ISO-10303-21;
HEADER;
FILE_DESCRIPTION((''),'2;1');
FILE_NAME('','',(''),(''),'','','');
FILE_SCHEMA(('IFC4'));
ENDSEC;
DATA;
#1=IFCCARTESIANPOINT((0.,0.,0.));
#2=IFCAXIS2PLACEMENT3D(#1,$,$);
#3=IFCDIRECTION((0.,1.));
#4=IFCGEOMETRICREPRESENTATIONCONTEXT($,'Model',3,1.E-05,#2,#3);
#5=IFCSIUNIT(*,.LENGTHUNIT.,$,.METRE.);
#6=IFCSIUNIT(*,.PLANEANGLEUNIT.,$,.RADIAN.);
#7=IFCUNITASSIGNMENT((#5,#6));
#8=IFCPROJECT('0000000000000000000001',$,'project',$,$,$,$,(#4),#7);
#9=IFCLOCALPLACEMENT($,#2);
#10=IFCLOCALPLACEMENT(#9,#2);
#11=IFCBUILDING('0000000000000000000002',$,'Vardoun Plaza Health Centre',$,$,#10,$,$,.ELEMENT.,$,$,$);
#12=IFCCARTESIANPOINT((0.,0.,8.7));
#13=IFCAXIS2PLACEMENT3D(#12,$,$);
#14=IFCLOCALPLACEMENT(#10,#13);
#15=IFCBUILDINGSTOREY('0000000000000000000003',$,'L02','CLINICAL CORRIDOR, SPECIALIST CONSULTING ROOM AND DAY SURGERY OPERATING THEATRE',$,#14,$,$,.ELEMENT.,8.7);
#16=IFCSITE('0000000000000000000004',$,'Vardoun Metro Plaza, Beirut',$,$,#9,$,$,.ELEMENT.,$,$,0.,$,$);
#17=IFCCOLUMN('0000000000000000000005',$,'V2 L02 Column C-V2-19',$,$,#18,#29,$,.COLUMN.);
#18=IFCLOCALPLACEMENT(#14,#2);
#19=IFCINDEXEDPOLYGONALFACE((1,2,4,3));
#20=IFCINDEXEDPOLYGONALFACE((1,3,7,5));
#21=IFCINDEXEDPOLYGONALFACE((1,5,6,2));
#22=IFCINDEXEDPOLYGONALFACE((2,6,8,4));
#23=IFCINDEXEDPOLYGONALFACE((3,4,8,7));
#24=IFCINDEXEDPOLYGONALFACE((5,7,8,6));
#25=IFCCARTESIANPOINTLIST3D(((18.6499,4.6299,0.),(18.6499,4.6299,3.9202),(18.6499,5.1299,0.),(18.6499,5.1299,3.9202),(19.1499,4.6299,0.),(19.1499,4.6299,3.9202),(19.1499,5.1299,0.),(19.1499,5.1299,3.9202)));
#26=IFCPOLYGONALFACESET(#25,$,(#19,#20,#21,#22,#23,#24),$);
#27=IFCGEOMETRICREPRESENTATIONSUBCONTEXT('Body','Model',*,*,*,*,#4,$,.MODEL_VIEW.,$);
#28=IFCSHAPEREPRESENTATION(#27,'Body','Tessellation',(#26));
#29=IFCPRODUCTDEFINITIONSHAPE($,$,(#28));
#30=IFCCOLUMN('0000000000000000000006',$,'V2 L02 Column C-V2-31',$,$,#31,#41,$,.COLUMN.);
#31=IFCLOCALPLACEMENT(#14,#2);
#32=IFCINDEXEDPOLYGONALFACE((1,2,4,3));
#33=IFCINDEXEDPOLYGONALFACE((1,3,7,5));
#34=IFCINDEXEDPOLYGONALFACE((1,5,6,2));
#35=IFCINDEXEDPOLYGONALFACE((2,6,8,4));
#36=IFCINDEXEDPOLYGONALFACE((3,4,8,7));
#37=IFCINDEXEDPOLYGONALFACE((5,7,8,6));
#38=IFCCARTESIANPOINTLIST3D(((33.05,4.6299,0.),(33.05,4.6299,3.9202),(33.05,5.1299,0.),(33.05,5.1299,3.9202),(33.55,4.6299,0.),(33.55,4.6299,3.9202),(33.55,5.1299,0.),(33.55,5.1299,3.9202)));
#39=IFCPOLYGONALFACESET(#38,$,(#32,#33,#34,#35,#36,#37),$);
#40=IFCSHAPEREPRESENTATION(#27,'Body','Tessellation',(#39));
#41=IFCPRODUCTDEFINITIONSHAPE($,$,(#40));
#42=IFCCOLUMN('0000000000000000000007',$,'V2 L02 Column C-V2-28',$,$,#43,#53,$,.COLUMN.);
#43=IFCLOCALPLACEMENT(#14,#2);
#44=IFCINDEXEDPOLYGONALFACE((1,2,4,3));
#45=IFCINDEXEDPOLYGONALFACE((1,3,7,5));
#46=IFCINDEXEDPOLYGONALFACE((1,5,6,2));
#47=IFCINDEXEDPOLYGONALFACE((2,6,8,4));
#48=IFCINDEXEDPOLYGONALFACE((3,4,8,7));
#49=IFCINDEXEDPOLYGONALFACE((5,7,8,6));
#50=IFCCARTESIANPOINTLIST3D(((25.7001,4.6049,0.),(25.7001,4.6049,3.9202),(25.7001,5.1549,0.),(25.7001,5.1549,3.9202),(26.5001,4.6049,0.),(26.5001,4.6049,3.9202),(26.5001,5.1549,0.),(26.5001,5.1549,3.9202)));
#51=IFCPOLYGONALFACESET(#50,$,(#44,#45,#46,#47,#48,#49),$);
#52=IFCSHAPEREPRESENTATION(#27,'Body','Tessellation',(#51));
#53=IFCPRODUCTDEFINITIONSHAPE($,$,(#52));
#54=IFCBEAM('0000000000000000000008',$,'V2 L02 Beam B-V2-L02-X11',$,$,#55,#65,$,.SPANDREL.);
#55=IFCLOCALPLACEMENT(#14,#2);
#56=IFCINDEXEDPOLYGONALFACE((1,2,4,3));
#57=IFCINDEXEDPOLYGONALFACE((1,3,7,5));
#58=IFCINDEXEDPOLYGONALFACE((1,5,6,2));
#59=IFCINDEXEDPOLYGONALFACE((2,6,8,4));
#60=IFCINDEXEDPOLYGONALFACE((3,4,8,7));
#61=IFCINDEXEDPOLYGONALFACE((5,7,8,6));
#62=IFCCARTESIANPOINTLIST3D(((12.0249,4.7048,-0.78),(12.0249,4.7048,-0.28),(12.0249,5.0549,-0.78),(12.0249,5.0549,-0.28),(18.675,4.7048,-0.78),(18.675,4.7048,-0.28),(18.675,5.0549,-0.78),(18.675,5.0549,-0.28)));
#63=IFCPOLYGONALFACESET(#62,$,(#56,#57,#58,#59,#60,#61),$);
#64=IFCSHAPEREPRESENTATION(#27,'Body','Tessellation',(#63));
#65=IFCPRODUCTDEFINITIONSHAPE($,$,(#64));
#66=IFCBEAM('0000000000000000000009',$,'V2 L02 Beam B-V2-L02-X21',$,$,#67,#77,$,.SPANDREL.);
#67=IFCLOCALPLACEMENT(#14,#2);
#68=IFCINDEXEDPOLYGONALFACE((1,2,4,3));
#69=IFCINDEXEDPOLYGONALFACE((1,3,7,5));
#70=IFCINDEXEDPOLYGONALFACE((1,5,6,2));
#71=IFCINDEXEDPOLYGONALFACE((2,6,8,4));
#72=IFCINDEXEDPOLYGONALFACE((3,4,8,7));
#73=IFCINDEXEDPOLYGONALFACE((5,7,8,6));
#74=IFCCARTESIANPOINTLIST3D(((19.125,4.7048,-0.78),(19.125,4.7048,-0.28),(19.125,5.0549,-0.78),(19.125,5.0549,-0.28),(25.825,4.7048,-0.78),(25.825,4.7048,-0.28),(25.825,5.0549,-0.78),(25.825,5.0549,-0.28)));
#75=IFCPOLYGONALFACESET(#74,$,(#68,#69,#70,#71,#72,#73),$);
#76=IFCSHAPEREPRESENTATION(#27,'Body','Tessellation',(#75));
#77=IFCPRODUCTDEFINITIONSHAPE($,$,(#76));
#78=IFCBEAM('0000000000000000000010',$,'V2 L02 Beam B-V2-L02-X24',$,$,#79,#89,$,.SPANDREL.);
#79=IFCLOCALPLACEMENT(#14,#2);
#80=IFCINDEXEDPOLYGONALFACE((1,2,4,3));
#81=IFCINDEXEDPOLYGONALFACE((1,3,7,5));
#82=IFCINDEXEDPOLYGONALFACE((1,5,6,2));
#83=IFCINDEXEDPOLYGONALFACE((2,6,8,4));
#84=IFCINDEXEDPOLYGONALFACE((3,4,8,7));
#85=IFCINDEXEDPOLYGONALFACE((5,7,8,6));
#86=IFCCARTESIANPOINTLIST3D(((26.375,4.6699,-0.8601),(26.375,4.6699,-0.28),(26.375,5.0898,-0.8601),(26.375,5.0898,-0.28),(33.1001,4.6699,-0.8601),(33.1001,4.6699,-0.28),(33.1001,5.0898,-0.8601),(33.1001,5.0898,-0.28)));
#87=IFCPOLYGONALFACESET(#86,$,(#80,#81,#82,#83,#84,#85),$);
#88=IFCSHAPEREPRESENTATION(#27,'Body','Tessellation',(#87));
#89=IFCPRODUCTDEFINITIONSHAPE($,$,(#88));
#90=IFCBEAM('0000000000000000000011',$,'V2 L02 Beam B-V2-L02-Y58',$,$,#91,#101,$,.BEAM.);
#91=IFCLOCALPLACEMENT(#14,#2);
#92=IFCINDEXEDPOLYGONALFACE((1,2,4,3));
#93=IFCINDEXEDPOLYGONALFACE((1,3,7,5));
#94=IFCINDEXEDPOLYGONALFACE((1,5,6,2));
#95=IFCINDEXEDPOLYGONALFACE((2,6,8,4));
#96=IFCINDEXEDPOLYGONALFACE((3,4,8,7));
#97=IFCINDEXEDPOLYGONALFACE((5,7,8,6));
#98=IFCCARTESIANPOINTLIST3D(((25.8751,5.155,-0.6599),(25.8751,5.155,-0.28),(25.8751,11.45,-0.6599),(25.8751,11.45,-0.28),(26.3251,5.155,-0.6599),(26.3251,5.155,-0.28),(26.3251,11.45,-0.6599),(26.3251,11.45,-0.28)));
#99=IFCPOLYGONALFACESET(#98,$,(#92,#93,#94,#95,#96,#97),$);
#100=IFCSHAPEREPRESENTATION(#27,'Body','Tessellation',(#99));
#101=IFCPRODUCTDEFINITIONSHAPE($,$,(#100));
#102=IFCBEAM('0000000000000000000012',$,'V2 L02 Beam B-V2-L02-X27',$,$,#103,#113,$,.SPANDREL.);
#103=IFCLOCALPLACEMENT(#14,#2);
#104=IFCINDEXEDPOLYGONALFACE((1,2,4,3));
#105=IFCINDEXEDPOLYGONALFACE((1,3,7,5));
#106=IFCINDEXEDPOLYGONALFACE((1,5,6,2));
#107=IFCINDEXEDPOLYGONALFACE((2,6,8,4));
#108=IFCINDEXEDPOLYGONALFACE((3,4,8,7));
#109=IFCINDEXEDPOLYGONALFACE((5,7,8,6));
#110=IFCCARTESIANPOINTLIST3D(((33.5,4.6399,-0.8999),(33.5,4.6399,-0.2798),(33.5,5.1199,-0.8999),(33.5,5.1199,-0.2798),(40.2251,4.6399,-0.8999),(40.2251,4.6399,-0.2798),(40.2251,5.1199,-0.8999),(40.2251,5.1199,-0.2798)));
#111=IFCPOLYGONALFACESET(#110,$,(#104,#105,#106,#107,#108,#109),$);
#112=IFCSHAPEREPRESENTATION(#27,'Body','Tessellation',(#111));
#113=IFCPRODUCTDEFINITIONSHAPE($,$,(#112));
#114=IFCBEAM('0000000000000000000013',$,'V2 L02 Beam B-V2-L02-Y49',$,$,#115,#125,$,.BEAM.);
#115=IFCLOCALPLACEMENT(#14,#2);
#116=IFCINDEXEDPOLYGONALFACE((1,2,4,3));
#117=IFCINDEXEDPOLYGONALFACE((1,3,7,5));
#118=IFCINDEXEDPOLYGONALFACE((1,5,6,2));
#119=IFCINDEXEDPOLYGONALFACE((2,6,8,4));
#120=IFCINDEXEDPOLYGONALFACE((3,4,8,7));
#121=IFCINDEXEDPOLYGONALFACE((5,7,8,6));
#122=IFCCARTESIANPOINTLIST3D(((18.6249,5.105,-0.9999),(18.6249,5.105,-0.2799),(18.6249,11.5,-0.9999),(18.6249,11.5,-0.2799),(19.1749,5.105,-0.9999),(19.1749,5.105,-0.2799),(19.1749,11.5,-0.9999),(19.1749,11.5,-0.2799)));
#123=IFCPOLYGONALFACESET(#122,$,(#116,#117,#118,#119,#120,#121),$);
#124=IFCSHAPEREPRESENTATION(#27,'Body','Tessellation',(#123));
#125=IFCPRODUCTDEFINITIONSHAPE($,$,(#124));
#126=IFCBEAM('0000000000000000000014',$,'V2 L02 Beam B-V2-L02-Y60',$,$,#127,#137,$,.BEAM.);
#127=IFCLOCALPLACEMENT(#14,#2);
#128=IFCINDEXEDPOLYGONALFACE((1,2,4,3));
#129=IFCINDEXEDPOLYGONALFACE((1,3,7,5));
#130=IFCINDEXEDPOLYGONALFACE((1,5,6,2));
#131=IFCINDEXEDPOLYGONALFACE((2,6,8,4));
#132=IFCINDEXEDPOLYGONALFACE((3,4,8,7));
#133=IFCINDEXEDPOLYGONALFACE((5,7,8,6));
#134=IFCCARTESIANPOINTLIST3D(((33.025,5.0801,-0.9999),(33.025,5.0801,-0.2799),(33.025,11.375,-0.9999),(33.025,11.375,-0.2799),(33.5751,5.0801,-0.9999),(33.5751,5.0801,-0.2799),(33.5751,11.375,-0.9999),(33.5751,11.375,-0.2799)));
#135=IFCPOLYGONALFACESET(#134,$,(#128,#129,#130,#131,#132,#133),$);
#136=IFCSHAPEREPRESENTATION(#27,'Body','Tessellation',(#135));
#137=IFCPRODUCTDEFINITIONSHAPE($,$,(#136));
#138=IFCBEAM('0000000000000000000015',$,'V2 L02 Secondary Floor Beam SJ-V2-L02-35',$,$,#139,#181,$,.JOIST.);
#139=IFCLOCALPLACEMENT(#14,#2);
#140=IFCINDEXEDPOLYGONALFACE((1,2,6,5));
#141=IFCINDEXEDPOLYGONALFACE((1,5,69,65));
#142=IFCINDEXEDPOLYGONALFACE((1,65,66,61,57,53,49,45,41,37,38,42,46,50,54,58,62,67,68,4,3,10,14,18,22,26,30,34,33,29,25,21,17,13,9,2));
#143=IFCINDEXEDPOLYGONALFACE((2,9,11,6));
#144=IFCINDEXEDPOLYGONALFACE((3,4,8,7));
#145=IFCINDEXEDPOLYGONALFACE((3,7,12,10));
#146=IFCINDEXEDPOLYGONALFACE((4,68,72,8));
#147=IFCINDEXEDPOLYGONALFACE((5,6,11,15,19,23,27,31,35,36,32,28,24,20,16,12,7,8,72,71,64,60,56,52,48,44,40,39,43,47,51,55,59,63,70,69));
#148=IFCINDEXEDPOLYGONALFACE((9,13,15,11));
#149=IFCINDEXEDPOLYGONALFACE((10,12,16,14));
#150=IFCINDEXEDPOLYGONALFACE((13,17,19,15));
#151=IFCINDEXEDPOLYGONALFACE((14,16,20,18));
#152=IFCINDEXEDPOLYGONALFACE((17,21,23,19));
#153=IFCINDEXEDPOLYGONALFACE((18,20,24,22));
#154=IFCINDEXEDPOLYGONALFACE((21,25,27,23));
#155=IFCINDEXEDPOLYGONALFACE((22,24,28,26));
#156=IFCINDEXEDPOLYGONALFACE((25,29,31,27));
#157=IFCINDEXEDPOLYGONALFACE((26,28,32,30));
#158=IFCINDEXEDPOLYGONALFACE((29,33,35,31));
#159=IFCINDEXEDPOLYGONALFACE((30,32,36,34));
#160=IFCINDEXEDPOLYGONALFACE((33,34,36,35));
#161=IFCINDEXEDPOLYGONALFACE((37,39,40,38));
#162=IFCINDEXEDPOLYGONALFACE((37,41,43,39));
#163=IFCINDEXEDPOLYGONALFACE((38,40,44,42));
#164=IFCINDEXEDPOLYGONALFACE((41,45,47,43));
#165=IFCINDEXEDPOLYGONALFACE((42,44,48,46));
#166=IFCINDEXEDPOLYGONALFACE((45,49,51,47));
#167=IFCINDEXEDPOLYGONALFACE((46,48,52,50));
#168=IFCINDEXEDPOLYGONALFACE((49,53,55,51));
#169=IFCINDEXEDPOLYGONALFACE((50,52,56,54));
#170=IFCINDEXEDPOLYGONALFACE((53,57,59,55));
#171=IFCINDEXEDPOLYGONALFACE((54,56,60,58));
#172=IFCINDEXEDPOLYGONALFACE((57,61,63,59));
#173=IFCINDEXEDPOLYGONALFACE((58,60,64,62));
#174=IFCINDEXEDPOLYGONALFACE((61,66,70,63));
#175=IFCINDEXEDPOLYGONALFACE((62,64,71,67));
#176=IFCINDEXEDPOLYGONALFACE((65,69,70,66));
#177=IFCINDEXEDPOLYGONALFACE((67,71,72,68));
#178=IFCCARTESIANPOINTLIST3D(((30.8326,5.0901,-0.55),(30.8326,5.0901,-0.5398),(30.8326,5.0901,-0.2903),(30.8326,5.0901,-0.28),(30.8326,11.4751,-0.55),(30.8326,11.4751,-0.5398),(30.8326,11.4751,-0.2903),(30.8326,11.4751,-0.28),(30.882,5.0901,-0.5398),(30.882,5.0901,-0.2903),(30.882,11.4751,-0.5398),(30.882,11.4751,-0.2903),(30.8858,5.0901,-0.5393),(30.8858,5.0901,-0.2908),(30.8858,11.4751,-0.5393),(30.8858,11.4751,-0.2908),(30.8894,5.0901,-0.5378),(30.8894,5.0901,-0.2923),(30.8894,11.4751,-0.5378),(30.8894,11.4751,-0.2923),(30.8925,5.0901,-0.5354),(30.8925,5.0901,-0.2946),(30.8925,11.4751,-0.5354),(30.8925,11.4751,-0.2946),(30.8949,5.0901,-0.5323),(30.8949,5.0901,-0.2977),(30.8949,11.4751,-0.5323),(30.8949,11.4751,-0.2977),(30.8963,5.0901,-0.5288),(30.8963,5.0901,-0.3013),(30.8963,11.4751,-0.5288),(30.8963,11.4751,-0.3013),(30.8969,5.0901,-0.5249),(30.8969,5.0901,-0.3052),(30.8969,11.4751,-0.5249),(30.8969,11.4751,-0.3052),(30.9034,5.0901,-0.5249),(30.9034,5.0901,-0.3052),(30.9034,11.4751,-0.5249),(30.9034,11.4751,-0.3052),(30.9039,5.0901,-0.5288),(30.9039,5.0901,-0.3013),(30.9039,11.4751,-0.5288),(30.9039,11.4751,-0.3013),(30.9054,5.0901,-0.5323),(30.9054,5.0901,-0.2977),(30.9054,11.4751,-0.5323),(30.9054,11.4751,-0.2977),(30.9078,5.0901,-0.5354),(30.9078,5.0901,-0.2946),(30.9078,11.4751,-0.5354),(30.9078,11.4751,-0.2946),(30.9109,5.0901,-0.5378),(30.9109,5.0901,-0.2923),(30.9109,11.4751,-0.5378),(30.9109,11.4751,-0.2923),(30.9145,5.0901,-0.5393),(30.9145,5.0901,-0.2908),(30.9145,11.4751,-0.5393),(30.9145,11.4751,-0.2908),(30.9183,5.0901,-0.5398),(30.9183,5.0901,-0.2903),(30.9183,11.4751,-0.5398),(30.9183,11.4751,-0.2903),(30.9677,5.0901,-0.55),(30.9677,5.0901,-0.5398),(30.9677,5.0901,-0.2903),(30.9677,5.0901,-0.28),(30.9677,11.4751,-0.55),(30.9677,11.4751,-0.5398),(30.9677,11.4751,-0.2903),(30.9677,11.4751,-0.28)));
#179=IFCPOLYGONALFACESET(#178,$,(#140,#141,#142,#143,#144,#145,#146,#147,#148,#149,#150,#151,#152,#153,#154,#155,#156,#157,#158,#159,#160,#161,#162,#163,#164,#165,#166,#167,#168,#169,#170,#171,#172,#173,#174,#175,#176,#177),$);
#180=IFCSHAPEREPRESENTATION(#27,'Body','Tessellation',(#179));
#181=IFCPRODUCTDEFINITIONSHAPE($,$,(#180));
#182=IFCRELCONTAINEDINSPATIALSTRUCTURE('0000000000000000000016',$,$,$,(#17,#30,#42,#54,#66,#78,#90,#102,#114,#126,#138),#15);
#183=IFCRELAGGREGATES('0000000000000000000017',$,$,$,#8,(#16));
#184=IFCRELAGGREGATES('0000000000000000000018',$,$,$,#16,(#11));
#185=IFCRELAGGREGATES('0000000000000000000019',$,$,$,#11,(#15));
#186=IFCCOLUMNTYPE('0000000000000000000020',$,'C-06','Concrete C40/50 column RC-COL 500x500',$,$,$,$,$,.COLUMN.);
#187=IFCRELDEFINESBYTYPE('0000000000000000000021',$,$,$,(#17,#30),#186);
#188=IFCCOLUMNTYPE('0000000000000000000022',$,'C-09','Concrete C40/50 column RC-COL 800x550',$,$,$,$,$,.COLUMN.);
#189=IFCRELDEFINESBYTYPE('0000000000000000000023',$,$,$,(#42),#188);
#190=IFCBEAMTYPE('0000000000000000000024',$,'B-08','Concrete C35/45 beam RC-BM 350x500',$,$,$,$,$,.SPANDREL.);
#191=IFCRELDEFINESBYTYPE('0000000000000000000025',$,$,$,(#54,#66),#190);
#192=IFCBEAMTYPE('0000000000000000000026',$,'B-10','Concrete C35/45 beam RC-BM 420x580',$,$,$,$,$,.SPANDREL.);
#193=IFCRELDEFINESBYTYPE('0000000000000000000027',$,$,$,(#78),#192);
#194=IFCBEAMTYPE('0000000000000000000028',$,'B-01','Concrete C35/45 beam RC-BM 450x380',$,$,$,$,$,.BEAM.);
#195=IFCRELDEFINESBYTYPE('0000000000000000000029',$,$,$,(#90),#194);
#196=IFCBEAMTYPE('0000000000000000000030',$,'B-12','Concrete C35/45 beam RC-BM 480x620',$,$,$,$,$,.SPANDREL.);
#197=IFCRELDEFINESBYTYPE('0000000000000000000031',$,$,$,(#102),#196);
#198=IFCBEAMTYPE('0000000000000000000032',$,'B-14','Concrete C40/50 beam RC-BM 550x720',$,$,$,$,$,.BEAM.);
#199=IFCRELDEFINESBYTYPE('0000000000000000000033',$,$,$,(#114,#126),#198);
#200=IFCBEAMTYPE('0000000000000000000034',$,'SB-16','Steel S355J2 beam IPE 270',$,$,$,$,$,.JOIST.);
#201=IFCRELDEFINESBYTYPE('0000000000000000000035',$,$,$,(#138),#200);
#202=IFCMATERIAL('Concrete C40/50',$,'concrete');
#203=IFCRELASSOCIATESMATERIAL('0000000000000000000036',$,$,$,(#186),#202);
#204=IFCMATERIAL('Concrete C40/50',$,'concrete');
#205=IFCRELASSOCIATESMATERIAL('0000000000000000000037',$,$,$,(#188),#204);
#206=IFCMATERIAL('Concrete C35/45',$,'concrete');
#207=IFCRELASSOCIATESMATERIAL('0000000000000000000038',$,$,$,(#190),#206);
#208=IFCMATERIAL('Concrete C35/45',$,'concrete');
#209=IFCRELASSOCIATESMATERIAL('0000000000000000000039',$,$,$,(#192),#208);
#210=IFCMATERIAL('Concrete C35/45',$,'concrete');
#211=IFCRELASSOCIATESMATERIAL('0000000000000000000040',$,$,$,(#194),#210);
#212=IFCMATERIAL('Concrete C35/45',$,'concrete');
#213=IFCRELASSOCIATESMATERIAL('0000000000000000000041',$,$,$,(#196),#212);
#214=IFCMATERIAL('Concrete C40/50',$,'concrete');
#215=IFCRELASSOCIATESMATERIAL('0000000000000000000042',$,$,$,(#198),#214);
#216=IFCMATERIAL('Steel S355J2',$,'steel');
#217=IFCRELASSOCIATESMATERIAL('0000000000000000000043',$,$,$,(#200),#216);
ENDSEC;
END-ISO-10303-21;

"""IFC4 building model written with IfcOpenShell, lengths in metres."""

from ifc_helpers import new_model, si_unit, direction, frame, origin, origin_2d, place, context, subcontext, project, spatial, rectangle, i_section, extrude, material, material_profile, profile_set, type_object, element, save


model = new_model("IFC4")

# Units and contexts
model_context = context("Model", 3, precision=1e-05, world=origin(), true_north=direction((0.0, 1.0)))
body_context = subcontext(model_context, "Body", "Model", "MODEL_VIEW")
ifc_project = project(units=[si_unit("LENGTHUNIT", "METRE"), si_unit("PLANEANGLEUNIT", "RADIAN")], contexts=[model_context])

# Site, building, storey
site_placement = place(None, origin())
site = spatial("IfcSite", under=ifc_project, at=site_placement, Name="Vardoun Metro Plaza, Beirut", CompositionType="ELEMENT", RefElevation=0.0)
building_placement = place(site_placement, origin())
building = spatial("IfcBuilding", under=site, at=building_placement, Name="Vardoun Plaza Health Centre", CompositionType="ELEMENT")
storey_placement = place(building_placement, frame((0.0, 0.0, 8.7)))
storey = spatial("IfcBuildingStorey", under=building, at=storey_placement, Name="L02", Description="CLINICAL CORRIDOR, SPECIALIST CONSULTING ROOM AND DAY SURGERY OPERATING THEATRE", CompositionType="ELEMENT", Elevation=8.7)

# Columns
ifc_material_1 = material(Name="Concrete C40/50", Category="concrete")
ifc_material_profile_1 = material_profile(ifc_material_1, rectangle(XDim=0.5, YDim=0.5, at=origin_2d()), Name="RC-COL 500x500")
ifc_profile_set_1 = profile_set([ifc_material_profile_1], Name="Concrete C40/50")
column_type_1 = type_object("IfcColumnType", Name="C-06", Description="Concrete C40/50 column RC-COL 500x500", PredefinedType="COLUMN", material=ifc_profile_set_1)
for number, where, z_axis, x_axis, name in (
    (1, (18.8999, 4.8799, 0.0), (0.0, 0.0, 1.0), (1.0, 0.0, 0.0), "V2 L02 Column C-V2-19"),
    (2, (33.3, 4.8799, 0.0), (0.0, 0.0, 1.0), (1.0, 0.0, 0.0), "V2 L02 Column C-V2-31"),
):
    element("IfcColumn", number, at=place(storey_placement, frame(where, z_axis=z_axis, x_axis=x_axis)), inside=storey, type_object=column_type_1, Name=name, PredefinedType="COLUMN", context=body_context, shape_type="SweptSolid", body=[
        extrude(rectangle(XDim=0.5, YDim=0.5, at=origin_2d()), origin(), (0.0, 0.0, 1.0), 3.9202),
    ])
ifc_material_2 = material(Name="Concrete C40/50", Category="concrete")
ifc_material_profile_2 = material_profile(ifc_material_2, rectangle(XDim=0.8, YDim=0.55, at=origin_2d()), Name="RC-COL 800x550")
ifc_profile_set_2 = profile_set([ifc_material_profile_2], Name="Concrete C40/50")
column_type_2 = type_object("IfcColumnType", Name="C-09", Description="Concrete C40/50 column RC-COL 800x550", PredefinedType="COLUMN", material=ifc_profile_set_2)
column_placement = place(storey_placement, frame((26.1001, 4.8799, 0.0), z_axis=(0.0, 0.0, 1.0), x_axis=(1.0, 0.0, 0.0)))
element("IfcColumn", 3, at=column_placement, inside=storey, type_object=column_type_2, Name="V2 L02 Column C-V2-28", PredefinedType="COLUMN", context=body_context, shape_type="SweptSolid", body=[
    extrude(rectangle(XDim=0.8, YDim=0.55, at=origin_2d()), origin(), (0.0, 0.0, 1.0), 3.9202),
])

# Beams
ifc_material_3 = material(Name="Concrete C35/45", Category="concrete")
ifc_material_profile_3 = material_profile(ifc_material_3, rectangle(XDim=0.3501, YDim=0.5, at=origin_2d()), Name="RC-BM 350x500")
ifc_profile_set_3 = profile_set([ifc_material_profile_3], Name="Concrete C35/45")
beam_type_1 = type_object("IfcBeamType", Name="B-08", Description="Concrete C35/45 beam RC-BM 350x500", PredefinedType="SPANDREL", material=ifc_profile_set_3)
beam_1_placement = place(storey_placement, frame((12.0249, 4.8799, -0.53), z_axis=(1.0, 0.0, 0.0), x_axis=(0.0, 1.0, 0.0)))
element("IfcBeam", 4, at=beam_1_placement, inside=storey, type_object=beam_type_1, Name="V2 L02 Beam B-V2-L02-X11", PredefinedType="SPANDREL", context=body_context, shape_type="SweptSolid", body=[
    extrude(rectangle(XDim=0.3501, YDim=0.5, at=origin_2d()), origin(), (0.0, 0.0, 1.0), 6.6501),
])
beam_2_placement = place(storey_placement, frame((19.125, 4.8799, -0.53), z_axis=(1.0, 0.0, 0.0), x_axis=(0.0, 1.0, 0.0)))
element("IfcBeam", 5, at=beam_2_placement, inside=storey, type_object=beam_type_1, Name="V2 L02 Beam B-V2-L02-X21", PredefinedType="SPANDREL", context=body_context, shape_type="SweptSolid", body=[
    extrude(rectangle(XDim=0.3501, YDim=0.5, at=origin_2d()), origin(), (0.0, 0.0, 1.0), 6.7),
])
ifc_material_4 = material(Name="Concrete C35/45", Category="concrete")
ifc_material_profile_4 = material_profile(ifc_material_4, rectangle(XDim=0.4199, YDim=0.5801, at=origin_2d()), Name="RC-BM 420x580")
ifc_profile_set_4 = profile_set([ifc_material_profile_4], Name="Concrete C35/45")
beam_type_2 = type_object("IfcBeamType", Name="B-10", Description="Concrete C35/45 beam RC-BM 420x580", PredefinedType="SPANDREL", material=ifc_profile_set_4)
beam_3_placement = place(storey_placement, frame((26.375, 4.8799, -0.5701), z_axis=(1.0, 0.0, 0.0), x_axis=(0.0, 1.0, 0.0)))
element("IfcBeam", 6, at=beam_3_placement, inside=storey, type_object=beam_type_2, Name="V2 L02 Beam B-V2-L02-X24", PredefinedType="SPANDREL", context=body_context, shape_type="SweptSolid", body=[
    extrude(rectangle(XDim=0.4199, YDim=0.5801, at=origin_2d()), origin(), (0.0, 0.0, 1.0), 6.7251),
])
ifc_material_5 = material(Name="Concrete C35/45", Category="concrete")
ifc_material_profile_5 = material_profile(ifc_material_5, rectangle(XDim=0.45, YDim=0.3799, at=origin_2d()), Name="RC-BM 450x380")
ifc_profile_set_5 = profile_set([ifc_material_profile_5], Name="Concrete C35/45")
beam_type_3 = type_object("IfcBeamType", Name="B-01", Description="Concrete C35/45 beam RC-BM 450x380", PredefinedType="BEAM", material=ifc_profile_set_5)
beam_4_placement = place(storey_placement, frame((26.1001, 5.155, -0.47), z_axis=(0.0, 1.0, 0.0), x_axis=(-1.0, 0.0, 0.0)))
element("IfcBeam", 7, at=beam_4_placement, inside=storey, type_object=beam_type_3, Name="V2 L02 Beam B-V2-L02-Y58", PredefinedType="BEAM", context=body_context, shape_type="SweptSolid", body=[
    extrude(rectangle(XDim=0.45, YDim=0.3799, at=origin_2d()), origin(), (0.0, 0.0, 1.0), 6.2949),
])
ifc_material_6 = material(Name="Concrete C35/45", Category="concrete")
ifc_material_profile_6 = material_profile(ifc_material_6, rectangle(XDim=0.48, YDim=0.6201, at=origin_2d()), Name="RC-BM 480x620")
ifc_profile_set_6 = profile_set([ifc_material_profile_6], Name="Concrete C35/45")
beam_type_4 = type_object("IfcBeamType", Name="B-12", Description="Concrete C35/45 beam RC-BM 480x620", PredefinedType="SPANDREL", material=ifc_profile_set_6)
beam_5_placement = place(storey_placement, frame((33.5, 4.8799, -0.5898), z_axis=(1.0, 0.0, 0.0), x_axis=(0.0, 1.0, 0.0)))
element("IfcBeam", 8, at=beam_5_placement, inside=storey, type_object=beam_type_4, Name="V2 L02 Beam B-V2-L02-X27", PredefinedType="SPANDREL", context=body_context, shape_type="SweptSolid", body=[
    extrude(rectangle(XDim=0.48, YDim=0.6201, at=origin_2d()), origin(), (0.0, 0.0, 1.0), 6.7251),
])
ifc_material_7 = material(Name="Concrete C40/50", Category="concrete")
ifc_material_profile_7 = material_profile(ifc_material_7, rectangle(XDim=0.55, YDim=0.72, at=origin_2d()), Name="RC-BM 550x720")
ifc_profile_set_7 = profile_set([ifc_material_profile_7], Name="Concrete C40/50")
beam_type_5 = type_object("IfcBeamType", Name="B-14", Description="Concrete C40/50 beam RC-BM 550x720", PredefinedType="BEAM", material=ifc_profile_set_7)
beam_6_placement = place(storey_placement, frame((18.8999, 5.105, -0.6399), z_axis=(0.0, 1.0, 0.0), x_axis=(-1.0, 0.0, 0.0)))
element("IfcBeam", 9, at=beam_6_placement, inside=storey, type_object=beam_type_5, Name="V2 L02 Beam B-V2-L02-Y49", PredefinedType="BEAM", context=body_context, shape_type="SweptSolid", body=[
    extrude(rectangle(XDim=0.55, YDim=0.72, at=origin_2d()), origin(), (0.0, 0.0, 1.0), 6.395),
])
beam_7_placement = place(storey_placement, frame((33.3, 5.0801, -0.6399), z_axis=(0.0, 1.0, 0.0), x_axis=(-1.0, 0.0, 0.0)))
element("IfcBeam", 10, at=beam_7_placement, inside=storey, type_object=beam_type_5, Name="V2 L02 Beam B-V2-L02-Y60", PredefinedType="BEAM", context=body_context, shape_type="SweptSolid", body=[
    extrude(rectangle(XDim=0.55, YDim=0.72, at=origin_2d()), origin(), (0.0, 0.0, 1.0), 6.2949),
])
ifc_material_8 = material(Name="Steel S355J2", Category="steel")
ifc_material_profile_8 = material_profile(ifc_material_8, i_section(OverallWidth=0.135, OverallDepth=0.27, WebThickness=0.0066, FlangeThickness=0.0103, FilletRadius=0.0149, at=origin_2d()), Name="IPE 270")
ifc_profile_set_8 = profile_set([ifc_material_profile_8], Name="Steel S355J2")
beam_type_6 = type_object("IfcBeamType", Name="SB-16", Description="Steel S355J2 beam IPE 270", PredefinedType="JOIST", material=ifc_profile_set_8)
beam_8_placement = place(storey_placement, frame((30.9001, 5.0901, -0.415), z_axis=(0.0, 1.0, 0.0), x_axis=(-1.0, 0.0, 0.0)))
element("IfcBeam", 11, at=beam_8_placement, inside=storey, type_object=beam_type_6, Name="V2 L02 Secondary Floor Beam SJ-V2-L02-35", PredefinedType="JOIST", context=body_context, shape_type="SweptSolid", body=[
    extrude(i_section(OverallWidth=0.135, OverallDepth=0.27, WebThickness=0.0066, FlangeThickness=0.0103, FilletRadius=0.0149, at=origin_2d()), origin(), (0.0, 0.0, 1.0), 6.385),
])

save(model, "model.ifc")
